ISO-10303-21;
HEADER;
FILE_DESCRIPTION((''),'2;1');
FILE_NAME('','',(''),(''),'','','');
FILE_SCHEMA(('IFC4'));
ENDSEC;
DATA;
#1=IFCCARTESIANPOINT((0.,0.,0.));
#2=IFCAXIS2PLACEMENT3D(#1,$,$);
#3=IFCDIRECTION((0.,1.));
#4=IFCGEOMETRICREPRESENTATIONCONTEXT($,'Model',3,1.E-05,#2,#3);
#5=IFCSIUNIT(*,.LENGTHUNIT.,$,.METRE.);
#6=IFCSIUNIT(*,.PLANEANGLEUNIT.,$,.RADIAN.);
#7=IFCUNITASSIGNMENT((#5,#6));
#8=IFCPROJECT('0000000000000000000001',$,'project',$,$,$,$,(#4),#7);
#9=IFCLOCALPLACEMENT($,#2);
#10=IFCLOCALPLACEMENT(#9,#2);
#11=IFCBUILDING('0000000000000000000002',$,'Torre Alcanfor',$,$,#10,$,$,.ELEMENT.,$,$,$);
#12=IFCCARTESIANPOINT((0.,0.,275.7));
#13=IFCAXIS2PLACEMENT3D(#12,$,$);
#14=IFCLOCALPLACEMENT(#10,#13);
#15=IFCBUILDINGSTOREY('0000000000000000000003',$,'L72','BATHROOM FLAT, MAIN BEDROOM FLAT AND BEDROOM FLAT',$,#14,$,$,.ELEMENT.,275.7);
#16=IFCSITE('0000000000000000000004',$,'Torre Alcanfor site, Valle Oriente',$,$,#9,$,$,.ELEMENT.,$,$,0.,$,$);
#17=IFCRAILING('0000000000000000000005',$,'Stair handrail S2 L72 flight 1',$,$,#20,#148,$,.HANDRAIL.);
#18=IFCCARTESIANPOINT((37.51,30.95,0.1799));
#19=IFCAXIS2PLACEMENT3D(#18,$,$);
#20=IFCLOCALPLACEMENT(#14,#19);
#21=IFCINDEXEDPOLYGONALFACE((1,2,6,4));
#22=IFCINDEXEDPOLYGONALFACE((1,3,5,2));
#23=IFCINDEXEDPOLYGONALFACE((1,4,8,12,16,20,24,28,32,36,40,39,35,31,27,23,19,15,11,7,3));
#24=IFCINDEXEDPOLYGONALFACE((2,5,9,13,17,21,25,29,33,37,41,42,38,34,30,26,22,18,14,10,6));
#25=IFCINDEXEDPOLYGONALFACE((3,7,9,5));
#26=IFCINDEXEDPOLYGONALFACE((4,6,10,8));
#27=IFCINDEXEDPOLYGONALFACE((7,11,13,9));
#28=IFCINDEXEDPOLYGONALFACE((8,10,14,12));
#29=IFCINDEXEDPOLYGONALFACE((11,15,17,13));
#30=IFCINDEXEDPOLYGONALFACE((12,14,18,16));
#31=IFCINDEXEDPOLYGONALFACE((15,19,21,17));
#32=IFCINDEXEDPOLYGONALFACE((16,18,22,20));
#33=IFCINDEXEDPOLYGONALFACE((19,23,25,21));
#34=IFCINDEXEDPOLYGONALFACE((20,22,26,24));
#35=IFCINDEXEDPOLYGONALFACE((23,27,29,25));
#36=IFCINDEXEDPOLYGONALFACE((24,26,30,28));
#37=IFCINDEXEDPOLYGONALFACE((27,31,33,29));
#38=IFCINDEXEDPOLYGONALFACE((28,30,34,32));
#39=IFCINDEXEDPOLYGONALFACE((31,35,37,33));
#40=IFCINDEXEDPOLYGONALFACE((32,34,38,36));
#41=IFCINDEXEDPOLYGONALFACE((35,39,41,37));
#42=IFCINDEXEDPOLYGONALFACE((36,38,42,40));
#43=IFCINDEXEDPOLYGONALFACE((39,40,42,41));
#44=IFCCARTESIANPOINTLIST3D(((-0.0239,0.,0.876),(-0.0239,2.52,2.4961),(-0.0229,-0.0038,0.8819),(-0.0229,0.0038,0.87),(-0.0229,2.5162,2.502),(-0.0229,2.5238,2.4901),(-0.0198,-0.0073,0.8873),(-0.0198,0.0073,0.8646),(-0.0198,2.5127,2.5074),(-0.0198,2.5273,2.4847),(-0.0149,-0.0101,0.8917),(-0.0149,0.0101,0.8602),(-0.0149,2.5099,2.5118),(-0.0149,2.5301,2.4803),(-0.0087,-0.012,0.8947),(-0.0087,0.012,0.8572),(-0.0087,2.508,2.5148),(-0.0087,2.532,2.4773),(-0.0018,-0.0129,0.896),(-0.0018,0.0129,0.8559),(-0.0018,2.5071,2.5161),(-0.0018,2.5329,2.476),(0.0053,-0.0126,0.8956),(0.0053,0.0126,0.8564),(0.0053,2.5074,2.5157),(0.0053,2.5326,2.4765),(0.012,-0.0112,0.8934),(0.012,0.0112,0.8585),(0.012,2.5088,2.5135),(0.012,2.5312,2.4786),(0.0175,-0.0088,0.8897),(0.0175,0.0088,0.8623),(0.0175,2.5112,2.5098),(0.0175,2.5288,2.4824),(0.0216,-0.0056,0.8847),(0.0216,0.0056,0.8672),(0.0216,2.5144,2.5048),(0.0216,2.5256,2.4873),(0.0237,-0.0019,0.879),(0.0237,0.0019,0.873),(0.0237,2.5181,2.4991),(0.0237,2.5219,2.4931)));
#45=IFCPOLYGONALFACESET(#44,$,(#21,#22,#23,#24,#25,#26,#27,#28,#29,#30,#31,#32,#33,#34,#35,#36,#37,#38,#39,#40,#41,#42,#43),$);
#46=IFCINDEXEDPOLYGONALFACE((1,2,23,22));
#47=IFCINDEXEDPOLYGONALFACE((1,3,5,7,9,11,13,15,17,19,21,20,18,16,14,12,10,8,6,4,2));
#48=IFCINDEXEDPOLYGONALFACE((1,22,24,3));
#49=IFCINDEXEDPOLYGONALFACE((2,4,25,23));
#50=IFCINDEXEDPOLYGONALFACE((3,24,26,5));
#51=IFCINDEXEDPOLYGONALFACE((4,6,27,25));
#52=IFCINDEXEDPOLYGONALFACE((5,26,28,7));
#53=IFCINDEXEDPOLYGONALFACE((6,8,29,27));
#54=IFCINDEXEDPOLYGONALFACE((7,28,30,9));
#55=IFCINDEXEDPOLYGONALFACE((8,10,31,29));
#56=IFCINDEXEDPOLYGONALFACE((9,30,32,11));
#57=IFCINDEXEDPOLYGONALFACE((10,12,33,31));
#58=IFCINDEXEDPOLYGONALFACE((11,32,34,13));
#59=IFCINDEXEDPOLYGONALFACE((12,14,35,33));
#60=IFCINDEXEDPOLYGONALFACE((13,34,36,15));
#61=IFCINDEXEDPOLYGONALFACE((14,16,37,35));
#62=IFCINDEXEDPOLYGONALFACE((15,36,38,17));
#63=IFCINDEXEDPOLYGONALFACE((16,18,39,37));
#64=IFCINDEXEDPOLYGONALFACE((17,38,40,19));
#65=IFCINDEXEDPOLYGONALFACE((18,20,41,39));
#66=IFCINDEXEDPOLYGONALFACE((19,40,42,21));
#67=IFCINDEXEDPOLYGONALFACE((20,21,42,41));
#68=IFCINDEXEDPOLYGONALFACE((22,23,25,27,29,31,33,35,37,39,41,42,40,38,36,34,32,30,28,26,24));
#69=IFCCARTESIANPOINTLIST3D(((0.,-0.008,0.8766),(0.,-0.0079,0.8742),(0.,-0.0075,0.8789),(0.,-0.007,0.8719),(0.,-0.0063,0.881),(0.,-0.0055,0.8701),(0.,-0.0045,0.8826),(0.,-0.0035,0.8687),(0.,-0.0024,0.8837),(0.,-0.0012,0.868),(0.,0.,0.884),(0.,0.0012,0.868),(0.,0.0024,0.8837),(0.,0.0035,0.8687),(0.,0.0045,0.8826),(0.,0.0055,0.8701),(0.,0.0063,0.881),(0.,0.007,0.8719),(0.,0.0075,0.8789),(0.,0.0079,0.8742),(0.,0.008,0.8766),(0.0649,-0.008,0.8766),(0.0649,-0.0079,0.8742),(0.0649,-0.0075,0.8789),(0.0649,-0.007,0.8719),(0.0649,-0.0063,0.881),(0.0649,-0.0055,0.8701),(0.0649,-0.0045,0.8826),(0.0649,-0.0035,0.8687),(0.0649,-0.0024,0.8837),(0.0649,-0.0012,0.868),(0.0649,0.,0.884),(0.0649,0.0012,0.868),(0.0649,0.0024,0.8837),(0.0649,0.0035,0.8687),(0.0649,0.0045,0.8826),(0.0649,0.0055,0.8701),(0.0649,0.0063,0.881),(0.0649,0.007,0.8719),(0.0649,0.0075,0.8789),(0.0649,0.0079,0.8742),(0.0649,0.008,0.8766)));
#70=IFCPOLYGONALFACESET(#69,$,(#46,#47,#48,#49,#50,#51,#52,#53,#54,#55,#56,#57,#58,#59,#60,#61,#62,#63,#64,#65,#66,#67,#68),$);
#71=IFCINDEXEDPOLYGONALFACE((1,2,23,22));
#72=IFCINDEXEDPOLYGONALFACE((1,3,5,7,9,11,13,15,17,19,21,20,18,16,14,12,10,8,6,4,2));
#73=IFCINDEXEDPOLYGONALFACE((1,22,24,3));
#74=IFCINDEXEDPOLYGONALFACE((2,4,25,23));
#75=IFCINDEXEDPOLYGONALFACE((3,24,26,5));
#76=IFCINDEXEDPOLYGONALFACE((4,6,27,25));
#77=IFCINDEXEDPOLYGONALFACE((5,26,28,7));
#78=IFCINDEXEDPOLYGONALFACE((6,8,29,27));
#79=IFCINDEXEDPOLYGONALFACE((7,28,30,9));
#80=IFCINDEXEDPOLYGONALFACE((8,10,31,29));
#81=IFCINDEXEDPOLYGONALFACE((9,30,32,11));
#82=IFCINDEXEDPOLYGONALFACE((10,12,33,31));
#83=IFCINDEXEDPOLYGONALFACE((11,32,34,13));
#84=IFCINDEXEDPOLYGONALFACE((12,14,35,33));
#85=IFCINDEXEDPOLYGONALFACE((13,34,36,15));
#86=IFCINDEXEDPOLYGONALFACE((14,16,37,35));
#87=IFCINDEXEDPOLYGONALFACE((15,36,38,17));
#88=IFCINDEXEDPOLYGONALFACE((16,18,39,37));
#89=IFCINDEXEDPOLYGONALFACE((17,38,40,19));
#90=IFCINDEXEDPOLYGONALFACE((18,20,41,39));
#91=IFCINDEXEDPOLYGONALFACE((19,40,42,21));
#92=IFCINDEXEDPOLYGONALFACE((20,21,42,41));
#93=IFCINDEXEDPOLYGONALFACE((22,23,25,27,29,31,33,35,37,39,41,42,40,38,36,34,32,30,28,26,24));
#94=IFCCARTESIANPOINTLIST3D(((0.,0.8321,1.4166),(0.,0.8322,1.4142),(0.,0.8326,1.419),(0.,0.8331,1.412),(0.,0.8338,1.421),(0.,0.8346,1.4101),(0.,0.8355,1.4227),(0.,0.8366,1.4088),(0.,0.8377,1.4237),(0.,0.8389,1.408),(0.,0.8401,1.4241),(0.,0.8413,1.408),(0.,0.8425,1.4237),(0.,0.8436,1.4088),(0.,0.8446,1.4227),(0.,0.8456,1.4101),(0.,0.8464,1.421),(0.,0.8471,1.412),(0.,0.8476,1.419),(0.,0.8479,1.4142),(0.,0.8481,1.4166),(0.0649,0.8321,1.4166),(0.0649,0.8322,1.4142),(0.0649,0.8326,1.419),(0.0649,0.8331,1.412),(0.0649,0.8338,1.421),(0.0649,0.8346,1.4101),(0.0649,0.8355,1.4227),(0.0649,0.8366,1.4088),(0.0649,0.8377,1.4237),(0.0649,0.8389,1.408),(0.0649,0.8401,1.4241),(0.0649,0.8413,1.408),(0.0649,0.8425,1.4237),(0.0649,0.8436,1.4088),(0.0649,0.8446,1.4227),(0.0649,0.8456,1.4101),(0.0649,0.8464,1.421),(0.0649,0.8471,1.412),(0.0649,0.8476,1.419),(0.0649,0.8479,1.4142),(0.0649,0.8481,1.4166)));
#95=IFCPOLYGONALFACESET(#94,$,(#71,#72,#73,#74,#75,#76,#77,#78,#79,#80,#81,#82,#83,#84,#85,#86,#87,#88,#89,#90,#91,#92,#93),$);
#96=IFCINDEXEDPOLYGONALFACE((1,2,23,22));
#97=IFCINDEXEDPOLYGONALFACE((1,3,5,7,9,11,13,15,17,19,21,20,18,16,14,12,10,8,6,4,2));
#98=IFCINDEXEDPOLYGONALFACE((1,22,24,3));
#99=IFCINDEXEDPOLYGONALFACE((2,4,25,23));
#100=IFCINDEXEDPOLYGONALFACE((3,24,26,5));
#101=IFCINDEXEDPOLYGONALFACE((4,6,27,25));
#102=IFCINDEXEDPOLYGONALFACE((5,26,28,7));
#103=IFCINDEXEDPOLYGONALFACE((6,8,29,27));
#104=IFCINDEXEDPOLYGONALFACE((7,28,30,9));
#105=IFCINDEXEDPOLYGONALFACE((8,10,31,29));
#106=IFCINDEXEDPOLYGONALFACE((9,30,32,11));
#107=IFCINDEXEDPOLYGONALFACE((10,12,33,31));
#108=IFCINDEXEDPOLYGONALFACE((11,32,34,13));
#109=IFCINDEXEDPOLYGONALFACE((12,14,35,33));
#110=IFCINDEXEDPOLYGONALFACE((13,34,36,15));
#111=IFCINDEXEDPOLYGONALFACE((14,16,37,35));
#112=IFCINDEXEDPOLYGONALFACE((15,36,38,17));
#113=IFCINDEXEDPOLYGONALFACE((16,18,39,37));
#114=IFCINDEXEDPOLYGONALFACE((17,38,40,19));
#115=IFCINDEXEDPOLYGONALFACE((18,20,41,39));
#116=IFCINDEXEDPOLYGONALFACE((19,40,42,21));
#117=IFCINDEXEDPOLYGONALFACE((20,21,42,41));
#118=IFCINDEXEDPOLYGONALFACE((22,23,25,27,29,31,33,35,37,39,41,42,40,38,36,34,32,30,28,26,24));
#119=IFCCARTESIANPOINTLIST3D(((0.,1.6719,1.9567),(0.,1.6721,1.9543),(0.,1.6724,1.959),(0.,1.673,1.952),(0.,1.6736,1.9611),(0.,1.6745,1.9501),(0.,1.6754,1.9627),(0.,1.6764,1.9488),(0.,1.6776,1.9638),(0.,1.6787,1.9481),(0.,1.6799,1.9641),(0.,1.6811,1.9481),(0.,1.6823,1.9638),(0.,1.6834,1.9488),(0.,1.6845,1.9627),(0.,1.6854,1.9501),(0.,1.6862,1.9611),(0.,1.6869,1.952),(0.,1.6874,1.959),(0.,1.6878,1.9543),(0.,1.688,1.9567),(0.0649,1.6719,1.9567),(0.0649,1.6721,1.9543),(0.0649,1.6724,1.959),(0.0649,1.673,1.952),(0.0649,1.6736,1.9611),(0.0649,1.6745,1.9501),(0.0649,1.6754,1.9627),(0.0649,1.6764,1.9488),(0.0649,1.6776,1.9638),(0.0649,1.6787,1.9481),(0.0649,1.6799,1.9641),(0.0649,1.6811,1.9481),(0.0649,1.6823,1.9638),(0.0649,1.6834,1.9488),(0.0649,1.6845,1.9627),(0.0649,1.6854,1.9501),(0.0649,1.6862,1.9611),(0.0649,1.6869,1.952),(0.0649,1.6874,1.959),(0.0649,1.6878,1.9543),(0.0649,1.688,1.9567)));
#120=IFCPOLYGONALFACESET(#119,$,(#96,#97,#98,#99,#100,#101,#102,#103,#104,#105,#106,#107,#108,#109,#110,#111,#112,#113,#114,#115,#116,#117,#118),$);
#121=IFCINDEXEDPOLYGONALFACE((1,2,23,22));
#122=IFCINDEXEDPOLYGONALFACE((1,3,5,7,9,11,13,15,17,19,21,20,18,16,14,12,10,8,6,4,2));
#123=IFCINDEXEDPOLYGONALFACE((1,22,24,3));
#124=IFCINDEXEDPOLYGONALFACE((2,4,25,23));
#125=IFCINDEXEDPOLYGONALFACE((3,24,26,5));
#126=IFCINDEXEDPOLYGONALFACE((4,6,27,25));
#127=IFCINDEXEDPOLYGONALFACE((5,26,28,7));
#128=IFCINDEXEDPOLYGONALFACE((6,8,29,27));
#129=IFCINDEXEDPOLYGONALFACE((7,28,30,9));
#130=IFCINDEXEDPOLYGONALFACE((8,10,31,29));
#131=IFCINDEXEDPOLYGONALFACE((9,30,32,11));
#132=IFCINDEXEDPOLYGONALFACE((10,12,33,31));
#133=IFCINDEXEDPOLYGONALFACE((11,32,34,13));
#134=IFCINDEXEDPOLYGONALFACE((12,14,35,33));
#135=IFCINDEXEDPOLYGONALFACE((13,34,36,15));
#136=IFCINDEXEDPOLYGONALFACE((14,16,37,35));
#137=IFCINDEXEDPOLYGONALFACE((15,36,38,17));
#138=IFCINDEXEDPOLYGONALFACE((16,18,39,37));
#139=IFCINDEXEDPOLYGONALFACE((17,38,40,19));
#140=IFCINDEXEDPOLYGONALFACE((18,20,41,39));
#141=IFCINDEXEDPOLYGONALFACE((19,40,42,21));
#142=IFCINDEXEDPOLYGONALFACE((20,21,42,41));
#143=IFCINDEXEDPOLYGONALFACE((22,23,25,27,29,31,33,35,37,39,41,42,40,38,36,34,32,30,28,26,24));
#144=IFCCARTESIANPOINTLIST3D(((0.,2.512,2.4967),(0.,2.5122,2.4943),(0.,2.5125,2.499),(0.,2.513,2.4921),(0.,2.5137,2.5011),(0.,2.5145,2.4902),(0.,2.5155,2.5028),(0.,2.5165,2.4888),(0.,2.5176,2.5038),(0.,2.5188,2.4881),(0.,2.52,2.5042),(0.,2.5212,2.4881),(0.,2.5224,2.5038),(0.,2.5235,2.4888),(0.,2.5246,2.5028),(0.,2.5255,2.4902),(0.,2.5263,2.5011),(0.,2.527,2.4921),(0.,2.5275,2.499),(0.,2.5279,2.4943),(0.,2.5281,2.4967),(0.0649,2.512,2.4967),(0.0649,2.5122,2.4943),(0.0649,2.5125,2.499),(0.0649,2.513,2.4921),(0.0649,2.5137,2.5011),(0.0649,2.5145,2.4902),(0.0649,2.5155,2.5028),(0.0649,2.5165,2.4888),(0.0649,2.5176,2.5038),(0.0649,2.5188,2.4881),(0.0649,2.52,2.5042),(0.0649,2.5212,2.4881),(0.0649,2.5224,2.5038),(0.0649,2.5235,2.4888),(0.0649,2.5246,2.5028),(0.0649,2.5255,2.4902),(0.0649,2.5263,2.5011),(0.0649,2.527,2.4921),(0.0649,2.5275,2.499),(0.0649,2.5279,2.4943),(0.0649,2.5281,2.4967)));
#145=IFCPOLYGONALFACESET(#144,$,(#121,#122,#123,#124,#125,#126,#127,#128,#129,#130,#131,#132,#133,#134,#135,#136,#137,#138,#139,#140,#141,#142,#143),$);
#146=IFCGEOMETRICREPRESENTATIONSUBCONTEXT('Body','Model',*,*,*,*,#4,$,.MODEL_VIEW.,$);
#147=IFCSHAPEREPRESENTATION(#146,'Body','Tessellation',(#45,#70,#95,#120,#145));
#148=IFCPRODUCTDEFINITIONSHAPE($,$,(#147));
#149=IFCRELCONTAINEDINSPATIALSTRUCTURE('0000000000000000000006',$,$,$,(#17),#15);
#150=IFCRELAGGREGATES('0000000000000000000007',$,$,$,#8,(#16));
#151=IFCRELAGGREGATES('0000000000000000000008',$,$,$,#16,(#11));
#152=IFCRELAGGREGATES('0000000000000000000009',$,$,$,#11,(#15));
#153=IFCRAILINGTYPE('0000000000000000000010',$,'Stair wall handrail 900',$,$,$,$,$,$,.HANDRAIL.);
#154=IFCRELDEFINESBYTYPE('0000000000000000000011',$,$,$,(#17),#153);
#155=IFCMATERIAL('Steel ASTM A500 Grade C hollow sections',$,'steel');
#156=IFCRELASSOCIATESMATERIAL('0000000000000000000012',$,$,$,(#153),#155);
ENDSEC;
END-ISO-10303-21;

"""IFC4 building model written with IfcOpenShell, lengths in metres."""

from ifc_helpers import new_model, si_unit, direction, frame, origin, origin_2d, place, context, subcontext, project, spatial, circle, extrude, material, type_object, element, save


model = new_model("IFC4")

# Units and contexts
model_context = context("Model", 3, precision=1e-05, world=origin(), true_north=direction((0.0, 1.0)))
body_context = subcontext(model_context, "Body", "Model", "MODEL_VIEW")
ifc_project = project(units=[si_unit("LENGTHUNIT", "METRE"), si_unit("PLANEANGLEUNIT", "RADIAN")], contexts=[model_context])

# Site, building, storey
site_placement = place(None, origin())
site = spatial("IfcSite", under=ifc_project, at=site_placement, Name="Torre Alcanfor site, Valle Oriente", CompositionType="ELEMENT", RefElevation=0.0)
building_placement = place(site_placement, origin())
building = spatial("IfcBuilding", under=site, at=building_placement, Name="Torre Alcanfor", CompositionType="ELEMENT")
storey_placement = place(building_placement, frame((0.0, 0.0, 275.7)))
storey = spatial("IfcBuildingStorey", under=building, at=storey_placement, Name="L72", Description="BATHROOM FLAT, MAIN BEDROOM FLAT AND BEDROOM FLAT", CompositionType="ELEMENT", Elevation=275.7)

# Railing
ifc_material_1 = material(Name="Steel ASTM A500 Grade C hollow sections", Category="steel")
railing_type_1 = type_object("IfcRailingType", Name="Stair wall handrail 900", PredefinedType="HANDRAIL", material=ifc_material_1)
railing_1_placement = place(storey_placement, frame((37.51, 30.95, 0.1799)))
element("IfcRailing", 1, at=railing_1_placement, inside=storey, type_object=railing_type_1, Name="Stair handrail S2 L72 flight 1", PredefinedType="HANDRAIL", context=body_context, shape_type="SweptSolid", body=[
    extrude(circle(Radius=0.0239, at=origin_2d()), frame((0.0, 0.0, 0.876), z_axis=(0.0, 0.841163, 0.540782), x_axis=(-1.0, 0.0, 0.0)), (0.0, 0.0, 1.0), 2.9958),
    extrude(circle(Radius=0.0081, at=origin_2d()), frame((0.0, 0.0, 0.876), z_axis=(1.0, 0.0, 0.0), x_axis=(0.0, 0.0, 1.0)), (0.0, 0.0, 1.0), 0.0649),
    extrude(circle(Radius=0.0081, at=origin_2d()), frame((0.0, 0.8401, 1.416), z_axis=(1.0, 0.0, 0.0), x_axis=(0.0, 0.0, 1.0)), (0.0, 0.0, 1.0), 0.0649),
    extrude(circle(Radius=0.0081, at=origin_2d()), frame((0.0, 1.6799, 1.9561), z_axis=(1.0, 0.0, 0.0), x_axis=(0.0, 0.0, 1.0)), (0.0, 0.0, 1.0), 0.0649),
    extrude(circle(Radius=0.0081, at=origin_2d()), frame((0.0, 2.52, 2.4961), z_axis=(1.0, 0.0, 0.0), x_axis=(0.0, 0.0, 1.0)), (0.0, 0.0, 1.0), 0.0649),
])

save(model, "model.ifc")
